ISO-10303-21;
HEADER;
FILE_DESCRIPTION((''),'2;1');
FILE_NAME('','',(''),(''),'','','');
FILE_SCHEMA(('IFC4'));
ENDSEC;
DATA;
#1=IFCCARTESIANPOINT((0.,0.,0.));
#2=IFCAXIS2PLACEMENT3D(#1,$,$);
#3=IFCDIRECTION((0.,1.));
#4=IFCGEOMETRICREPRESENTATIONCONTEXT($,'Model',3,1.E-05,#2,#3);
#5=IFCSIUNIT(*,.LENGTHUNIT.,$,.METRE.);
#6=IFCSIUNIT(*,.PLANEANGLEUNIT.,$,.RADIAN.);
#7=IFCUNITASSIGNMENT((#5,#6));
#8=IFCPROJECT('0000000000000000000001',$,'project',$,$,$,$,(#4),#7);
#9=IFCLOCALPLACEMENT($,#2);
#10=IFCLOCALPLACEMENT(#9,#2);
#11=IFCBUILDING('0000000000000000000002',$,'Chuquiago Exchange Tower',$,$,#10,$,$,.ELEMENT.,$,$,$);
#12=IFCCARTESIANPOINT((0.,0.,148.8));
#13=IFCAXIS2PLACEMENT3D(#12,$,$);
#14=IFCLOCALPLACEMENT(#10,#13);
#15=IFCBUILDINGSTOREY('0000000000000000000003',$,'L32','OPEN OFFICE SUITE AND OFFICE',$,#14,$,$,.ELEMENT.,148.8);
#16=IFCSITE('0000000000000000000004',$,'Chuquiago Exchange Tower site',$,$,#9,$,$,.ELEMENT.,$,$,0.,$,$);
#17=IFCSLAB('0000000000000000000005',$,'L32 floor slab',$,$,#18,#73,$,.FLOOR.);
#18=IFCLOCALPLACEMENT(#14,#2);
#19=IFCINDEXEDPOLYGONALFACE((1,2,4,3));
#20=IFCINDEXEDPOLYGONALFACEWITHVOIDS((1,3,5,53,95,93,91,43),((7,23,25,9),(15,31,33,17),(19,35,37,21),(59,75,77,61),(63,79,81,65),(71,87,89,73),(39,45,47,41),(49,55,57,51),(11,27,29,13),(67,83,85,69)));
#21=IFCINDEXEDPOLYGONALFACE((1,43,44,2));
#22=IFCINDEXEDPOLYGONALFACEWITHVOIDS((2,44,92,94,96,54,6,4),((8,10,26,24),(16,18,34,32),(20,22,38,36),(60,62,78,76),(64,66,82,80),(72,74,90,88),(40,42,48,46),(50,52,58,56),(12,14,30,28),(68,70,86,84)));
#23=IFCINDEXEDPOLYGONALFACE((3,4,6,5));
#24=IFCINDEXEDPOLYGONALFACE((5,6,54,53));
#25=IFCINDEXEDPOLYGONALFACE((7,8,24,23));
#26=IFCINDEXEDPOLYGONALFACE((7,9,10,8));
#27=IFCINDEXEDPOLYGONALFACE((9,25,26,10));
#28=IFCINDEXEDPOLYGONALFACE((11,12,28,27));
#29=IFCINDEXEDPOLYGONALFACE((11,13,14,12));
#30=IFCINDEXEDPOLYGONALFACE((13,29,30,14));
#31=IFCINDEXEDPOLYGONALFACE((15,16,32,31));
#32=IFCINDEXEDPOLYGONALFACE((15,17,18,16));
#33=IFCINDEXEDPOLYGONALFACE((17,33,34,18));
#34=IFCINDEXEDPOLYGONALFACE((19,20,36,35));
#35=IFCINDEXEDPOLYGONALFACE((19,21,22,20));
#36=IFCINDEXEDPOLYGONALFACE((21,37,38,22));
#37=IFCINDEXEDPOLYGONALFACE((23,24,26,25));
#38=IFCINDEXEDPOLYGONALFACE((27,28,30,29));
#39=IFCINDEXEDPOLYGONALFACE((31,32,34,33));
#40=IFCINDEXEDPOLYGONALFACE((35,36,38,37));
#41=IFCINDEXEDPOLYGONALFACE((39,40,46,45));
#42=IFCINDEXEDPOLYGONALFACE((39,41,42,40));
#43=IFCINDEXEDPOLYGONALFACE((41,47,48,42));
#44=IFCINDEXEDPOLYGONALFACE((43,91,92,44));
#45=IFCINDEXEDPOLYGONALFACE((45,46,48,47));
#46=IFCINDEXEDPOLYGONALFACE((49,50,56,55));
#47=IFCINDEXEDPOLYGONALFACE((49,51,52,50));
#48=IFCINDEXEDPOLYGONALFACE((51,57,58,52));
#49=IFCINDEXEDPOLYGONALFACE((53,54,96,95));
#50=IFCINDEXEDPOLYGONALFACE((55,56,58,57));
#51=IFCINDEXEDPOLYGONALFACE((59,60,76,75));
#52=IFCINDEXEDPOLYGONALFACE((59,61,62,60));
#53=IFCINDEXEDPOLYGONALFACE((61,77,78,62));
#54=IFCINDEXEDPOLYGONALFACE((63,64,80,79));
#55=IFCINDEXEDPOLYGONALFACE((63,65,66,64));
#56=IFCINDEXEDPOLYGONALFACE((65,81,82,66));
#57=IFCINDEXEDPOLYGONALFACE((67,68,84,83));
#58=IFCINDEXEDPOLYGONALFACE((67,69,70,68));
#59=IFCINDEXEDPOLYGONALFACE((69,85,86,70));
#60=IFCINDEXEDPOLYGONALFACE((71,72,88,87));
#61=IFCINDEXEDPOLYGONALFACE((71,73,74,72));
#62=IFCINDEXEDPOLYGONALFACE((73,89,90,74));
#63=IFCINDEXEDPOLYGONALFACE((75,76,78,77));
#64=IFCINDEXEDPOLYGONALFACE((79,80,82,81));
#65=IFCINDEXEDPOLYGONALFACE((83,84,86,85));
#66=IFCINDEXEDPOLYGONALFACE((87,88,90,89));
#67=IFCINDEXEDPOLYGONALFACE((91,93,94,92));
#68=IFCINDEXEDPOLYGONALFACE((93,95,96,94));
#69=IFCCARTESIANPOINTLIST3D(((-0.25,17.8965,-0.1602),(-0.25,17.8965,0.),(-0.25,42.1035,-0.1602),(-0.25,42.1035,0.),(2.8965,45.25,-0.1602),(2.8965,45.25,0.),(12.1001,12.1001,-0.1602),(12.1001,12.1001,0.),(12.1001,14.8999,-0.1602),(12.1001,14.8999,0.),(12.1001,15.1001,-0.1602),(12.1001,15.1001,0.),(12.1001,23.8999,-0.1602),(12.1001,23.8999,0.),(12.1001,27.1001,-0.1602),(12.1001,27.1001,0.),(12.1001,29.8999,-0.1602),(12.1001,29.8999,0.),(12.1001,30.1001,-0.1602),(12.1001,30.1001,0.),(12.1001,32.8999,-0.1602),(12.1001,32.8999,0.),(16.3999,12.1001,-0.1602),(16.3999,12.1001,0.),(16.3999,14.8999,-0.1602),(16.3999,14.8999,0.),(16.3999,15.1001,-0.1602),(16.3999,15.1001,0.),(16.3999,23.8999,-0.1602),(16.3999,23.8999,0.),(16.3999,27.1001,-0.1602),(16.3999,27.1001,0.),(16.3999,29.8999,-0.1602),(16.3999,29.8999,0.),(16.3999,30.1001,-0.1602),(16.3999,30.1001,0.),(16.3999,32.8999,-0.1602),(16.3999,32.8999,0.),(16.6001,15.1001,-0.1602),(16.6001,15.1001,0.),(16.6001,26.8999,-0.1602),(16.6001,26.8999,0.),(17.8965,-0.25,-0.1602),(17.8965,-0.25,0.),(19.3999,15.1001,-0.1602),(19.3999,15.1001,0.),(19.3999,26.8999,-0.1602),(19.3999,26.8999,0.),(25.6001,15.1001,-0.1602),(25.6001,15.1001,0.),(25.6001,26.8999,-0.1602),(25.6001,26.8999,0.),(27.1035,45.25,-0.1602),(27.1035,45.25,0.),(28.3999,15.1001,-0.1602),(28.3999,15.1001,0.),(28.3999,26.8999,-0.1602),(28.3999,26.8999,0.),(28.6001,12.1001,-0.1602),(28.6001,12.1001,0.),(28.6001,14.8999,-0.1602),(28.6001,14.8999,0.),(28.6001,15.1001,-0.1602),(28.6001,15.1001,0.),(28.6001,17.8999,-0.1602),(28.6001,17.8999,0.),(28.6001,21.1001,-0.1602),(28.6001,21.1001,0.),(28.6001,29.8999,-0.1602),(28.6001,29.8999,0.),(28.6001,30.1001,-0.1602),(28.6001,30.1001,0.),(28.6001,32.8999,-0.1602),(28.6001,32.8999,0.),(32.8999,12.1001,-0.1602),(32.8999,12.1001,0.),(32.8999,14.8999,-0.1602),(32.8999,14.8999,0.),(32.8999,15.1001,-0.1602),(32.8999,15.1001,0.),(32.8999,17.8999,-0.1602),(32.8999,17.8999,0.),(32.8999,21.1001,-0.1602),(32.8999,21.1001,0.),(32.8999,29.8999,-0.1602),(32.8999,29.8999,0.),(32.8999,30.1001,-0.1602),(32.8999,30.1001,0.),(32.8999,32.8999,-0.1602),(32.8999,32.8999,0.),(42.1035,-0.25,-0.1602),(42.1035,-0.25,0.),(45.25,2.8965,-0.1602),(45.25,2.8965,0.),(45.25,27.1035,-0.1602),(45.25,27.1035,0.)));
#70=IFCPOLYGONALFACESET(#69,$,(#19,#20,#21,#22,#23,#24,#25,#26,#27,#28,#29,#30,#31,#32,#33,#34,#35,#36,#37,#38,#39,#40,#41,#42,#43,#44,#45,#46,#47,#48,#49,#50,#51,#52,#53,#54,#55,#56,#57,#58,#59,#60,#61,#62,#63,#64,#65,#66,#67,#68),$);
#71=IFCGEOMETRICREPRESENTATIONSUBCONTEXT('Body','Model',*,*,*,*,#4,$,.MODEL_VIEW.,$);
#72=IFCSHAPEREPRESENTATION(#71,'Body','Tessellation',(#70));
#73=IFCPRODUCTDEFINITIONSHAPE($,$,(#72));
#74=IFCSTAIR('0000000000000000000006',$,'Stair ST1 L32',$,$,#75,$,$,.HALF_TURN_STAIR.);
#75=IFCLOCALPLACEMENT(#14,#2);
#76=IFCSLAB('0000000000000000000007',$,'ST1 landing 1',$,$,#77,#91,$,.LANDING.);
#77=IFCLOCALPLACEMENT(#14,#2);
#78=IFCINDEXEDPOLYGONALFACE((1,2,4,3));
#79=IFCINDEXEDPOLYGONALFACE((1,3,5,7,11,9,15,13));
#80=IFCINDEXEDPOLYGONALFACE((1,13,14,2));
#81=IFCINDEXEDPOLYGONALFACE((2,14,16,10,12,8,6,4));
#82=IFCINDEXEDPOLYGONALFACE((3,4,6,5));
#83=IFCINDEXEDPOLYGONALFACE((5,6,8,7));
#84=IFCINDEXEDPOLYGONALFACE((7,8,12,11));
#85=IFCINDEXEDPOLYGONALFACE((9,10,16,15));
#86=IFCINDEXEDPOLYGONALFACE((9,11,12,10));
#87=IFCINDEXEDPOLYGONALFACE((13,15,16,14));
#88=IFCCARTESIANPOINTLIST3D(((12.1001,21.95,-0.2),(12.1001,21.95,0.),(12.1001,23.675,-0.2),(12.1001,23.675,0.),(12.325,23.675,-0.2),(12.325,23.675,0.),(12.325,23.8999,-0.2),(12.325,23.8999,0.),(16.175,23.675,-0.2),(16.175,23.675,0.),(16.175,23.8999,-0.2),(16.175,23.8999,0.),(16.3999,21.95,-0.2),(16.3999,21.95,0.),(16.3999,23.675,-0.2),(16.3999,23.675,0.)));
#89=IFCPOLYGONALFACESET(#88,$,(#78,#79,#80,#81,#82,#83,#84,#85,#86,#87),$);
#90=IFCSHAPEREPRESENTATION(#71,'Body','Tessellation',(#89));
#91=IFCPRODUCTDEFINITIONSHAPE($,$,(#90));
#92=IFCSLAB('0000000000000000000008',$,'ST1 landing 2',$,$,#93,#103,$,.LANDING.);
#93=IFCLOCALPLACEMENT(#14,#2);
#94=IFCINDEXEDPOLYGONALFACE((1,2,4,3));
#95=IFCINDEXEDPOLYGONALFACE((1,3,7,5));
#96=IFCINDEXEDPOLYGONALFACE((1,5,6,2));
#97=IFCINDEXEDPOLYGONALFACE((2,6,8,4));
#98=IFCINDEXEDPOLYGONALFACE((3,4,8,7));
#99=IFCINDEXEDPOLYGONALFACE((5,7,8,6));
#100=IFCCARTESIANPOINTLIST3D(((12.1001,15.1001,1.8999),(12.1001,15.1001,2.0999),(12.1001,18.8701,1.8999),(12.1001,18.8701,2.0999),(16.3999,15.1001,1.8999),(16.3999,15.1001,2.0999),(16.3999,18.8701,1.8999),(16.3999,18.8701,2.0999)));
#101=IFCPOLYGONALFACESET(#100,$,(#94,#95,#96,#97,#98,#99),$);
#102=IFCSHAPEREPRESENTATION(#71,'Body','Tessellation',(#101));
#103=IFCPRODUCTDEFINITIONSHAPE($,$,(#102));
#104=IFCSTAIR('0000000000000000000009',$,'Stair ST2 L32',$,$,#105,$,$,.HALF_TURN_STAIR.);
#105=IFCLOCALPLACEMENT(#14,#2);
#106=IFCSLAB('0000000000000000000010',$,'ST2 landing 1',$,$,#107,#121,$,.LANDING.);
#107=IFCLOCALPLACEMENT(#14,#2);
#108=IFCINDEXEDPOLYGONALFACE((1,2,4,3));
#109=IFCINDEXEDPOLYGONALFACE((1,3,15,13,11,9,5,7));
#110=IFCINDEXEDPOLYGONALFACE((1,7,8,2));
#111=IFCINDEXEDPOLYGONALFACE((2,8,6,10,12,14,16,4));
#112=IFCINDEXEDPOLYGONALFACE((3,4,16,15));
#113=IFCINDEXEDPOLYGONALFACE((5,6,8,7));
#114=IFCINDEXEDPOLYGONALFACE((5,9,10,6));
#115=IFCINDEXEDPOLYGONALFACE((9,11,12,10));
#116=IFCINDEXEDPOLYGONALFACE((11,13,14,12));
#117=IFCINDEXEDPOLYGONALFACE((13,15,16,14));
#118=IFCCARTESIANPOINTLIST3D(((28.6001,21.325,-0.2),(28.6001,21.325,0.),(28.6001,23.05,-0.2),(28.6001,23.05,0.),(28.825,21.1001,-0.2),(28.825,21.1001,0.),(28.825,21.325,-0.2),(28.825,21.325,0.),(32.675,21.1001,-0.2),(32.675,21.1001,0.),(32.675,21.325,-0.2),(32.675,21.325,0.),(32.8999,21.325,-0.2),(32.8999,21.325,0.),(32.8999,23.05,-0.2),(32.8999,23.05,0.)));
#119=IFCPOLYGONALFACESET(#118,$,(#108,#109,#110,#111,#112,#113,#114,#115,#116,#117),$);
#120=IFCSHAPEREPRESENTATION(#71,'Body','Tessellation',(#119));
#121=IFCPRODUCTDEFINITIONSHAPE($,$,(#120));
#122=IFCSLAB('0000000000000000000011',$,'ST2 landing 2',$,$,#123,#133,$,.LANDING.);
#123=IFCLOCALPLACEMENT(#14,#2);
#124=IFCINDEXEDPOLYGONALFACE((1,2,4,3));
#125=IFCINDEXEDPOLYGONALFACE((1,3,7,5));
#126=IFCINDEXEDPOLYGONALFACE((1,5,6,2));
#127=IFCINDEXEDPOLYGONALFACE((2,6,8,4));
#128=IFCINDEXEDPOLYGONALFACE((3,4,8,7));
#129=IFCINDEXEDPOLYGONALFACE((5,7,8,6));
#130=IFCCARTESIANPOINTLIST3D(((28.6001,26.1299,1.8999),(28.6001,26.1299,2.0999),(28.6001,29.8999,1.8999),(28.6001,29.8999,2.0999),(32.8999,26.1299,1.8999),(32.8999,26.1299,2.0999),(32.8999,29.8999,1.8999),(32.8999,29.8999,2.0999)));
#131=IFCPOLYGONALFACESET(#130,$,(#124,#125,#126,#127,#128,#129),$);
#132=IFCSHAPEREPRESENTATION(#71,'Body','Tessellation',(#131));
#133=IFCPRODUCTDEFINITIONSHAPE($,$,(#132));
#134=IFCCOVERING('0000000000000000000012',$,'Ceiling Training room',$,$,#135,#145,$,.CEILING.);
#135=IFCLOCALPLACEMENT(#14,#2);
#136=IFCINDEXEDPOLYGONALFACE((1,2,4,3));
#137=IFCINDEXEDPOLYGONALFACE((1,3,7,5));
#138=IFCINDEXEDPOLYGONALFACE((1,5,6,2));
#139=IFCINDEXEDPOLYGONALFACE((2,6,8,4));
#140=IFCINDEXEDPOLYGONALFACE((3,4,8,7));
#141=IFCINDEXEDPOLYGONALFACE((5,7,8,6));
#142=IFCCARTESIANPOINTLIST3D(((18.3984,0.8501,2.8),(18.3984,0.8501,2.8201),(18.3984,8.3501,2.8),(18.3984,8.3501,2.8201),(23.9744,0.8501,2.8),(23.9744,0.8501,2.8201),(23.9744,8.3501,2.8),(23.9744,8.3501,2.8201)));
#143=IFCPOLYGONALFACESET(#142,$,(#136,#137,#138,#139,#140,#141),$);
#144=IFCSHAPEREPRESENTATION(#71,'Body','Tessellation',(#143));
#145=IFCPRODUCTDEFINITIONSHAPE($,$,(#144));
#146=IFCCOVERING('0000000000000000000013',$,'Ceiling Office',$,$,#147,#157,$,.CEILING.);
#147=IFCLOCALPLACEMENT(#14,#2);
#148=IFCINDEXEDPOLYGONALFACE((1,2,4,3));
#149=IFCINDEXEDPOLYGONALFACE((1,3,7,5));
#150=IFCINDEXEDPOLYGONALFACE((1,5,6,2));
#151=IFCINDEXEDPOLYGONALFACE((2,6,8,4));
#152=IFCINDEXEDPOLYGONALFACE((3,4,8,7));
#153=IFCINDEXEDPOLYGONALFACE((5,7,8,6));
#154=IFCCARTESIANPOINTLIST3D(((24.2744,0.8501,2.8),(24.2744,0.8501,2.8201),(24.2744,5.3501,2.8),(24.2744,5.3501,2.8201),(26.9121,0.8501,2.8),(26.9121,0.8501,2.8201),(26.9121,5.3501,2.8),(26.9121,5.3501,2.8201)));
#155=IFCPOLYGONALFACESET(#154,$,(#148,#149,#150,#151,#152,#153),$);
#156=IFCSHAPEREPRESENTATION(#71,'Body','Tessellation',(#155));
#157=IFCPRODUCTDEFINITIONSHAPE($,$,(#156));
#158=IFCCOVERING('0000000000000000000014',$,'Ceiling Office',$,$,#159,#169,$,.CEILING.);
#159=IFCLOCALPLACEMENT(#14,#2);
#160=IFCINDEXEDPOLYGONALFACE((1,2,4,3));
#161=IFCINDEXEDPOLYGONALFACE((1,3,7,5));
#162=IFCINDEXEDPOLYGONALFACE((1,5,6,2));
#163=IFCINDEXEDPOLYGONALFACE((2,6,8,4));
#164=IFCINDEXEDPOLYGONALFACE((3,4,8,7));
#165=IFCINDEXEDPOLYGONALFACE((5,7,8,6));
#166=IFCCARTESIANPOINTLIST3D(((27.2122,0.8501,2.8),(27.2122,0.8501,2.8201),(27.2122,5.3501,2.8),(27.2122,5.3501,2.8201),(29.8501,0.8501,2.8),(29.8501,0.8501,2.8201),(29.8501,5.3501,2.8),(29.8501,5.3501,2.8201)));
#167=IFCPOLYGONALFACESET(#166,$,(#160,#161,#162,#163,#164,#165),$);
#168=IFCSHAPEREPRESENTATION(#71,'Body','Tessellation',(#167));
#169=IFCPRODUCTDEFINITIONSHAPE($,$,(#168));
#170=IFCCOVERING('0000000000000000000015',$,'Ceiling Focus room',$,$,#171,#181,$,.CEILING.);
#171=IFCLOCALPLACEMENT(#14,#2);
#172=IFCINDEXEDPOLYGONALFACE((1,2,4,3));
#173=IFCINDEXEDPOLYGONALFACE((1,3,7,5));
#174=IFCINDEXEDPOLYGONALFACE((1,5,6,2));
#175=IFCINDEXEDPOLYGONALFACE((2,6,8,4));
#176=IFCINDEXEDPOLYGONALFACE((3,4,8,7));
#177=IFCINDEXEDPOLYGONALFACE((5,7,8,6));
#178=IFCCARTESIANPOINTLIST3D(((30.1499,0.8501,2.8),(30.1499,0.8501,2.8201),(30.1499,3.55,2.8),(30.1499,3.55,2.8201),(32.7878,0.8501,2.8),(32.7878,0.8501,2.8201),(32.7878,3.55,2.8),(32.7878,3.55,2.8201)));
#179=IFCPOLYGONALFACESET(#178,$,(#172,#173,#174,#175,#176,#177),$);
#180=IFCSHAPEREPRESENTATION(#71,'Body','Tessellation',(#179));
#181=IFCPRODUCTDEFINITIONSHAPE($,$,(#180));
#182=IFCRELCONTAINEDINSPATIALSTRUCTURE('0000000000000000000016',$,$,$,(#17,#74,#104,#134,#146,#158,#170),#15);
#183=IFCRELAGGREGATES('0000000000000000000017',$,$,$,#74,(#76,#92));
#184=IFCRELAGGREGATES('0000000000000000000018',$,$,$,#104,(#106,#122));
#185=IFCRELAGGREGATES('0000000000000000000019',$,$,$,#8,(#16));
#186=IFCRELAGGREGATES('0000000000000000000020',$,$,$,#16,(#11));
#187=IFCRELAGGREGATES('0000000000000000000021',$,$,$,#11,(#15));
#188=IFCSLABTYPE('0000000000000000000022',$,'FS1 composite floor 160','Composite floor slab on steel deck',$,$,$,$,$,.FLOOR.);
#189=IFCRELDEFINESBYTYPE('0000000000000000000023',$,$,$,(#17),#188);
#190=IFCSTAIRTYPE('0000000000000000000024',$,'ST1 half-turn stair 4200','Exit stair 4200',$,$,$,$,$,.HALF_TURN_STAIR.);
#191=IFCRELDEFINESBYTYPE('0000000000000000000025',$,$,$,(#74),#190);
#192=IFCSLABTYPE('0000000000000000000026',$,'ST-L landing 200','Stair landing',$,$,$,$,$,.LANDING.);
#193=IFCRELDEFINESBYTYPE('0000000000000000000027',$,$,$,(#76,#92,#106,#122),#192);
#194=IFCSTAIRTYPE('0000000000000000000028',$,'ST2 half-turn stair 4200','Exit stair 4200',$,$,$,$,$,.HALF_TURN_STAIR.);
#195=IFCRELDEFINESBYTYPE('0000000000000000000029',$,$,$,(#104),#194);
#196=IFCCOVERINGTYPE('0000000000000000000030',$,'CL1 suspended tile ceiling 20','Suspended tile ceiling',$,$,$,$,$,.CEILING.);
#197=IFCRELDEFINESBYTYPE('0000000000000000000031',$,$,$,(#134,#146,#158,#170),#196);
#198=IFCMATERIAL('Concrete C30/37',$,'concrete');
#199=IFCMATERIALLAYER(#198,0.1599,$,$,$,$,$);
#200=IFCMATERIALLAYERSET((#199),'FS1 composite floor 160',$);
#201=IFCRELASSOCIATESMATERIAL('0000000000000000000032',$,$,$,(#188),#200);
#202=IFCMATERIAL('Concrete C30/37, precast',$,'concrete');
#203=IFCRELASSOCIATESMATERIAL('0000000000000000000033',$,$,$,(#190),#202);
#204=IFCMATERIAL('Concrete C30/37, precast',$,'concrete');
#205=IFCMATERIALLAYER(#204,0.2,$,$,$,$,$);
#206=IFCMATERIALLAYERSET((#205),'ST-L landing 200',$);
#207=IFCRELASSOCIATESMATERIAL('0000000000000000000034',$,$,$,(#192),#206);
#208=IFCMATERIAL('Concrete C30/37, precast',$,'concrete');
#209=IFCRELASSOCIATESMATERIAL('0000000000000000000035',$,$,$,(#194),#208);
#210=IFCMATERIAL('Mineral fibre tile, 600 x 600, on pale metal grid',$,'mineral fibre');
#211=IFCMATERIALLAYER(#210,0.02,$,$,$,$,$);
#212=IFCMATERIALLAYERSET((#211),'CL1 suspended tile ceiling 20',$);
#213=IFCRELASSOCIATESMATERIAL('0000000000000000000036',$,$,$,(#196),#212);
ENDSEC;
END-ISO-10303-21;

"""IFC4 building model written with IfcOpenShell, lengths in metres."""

from ifc_helpers import new_model, si_unit, direction, frame, origin, place, context, subcontext, project, spatial, polyline, outline, extrude, material, layer, layer_set, type_object, element, aggregate, save


model = new_model("IFC4")

# Units and contexts
model_context = context("Model", 3, precision=1e-05, world=origin(), true_north=direction((0.0, 1.0)))
body_context = subcontext(model_context, "Body", "Model", "MODEL_VIEW")
ifc_project = project(units=[si_unit("LENGTHUNIT", "METRE"), si_unit("PLANEANGLEUNIT", "RADIAN")], contexts=[model_context])

# Site, building, storey
site_placement = place(None, origin())
site = spatial("IfcSite", under=ifc_project, at=site_placement, Name="Chuquiago Exchange Tower site", CompositionType="ELEMENT", RefElevation=0.0)
building_placement = place(site_placement, origin())
building = spatial("IfcBuilding", under=site, at=building_placement, Name="Chuquiago Exchange Tower", CompositionType="ELEMENT")
storey_placement = place(building_placement, frame((0.0, 0.0, 148.8)))
storey = spatial("IfcBuildingStorey", under=building, at=storey_placement, Name="L32", Description="OPEN OFFICE SUITE AND OFFICE", CompositionType="ELEMENT", Elevation=148.8)

# Slab
ifc_material_1 = material(Name="Concrete C30/37", Category="concrete")
ifc_layer_1 = layer(ifc_material_1, 0.1599)
ifc_layer_set_1 = layer_set([ifc_layer_1], Name="FS1 composite floor 160")
slab_type_1 = type_object("IfcSlabType", Name="FS1 composite floor 160", Description="Composite floor slab on steel deck", PredefinedType="FLOOR", material=ifc_layer_set_1)
slab_1_placement = place(storey_placement, frame((0.0, 0.0, -0.1602)))
element("IfcSlab", 1, at=slab_1_placement, inside=storey, type_object=slab_type_1, Name="L32 floor slab", PredefinedType="FLOOR", context=body_context, shape_type="SweptSolid", body=[
    extrude(outline(polyline([(17.8965, -0.25), (-0.25, 17.8965), (-0.25, 42.1035), (2.8965, 45.25), (27.1035, 45.25), (45.25, 27.1035), (45.25, 2.8965), (42.1035, -0.25), (17.8965, -0.25)]), holes=[polyline([(16.3999, 15.1001), (12.1001, 15.1001), (12.1001, 23.8999), (16.3999, 23.8999), (16.3999, 15.1001)]), polyline([(32.8999, 21.1001), (28.6001, 21.1001), (28.6001, 29.8999), (32.8999, 29.8999), (32.8999, 21.1001)]), polyline([(16.3999, 12.1001), (12.1001, 12.1001), (12.1001, 14.8999), (16.3999, 14.8999), (16.3999, 12.1001)]), polyline([(16.3999, 30.1001), (12.1001, 30.1001), (12.1001, 32.8999), (16.3999, 32.8999), (16.3999, 30.1001)]), polyline([(32.8999, 12.1001), (28.6001, 12.1001), (28.6001, 14.8999), (32.8999, 14.8999), (32.8999, 12.1001)]), polyline([(32.8999, 30.1001), (28.6001, 30.1001), (28.6001, 32.8999), (32.8999, 32.8999), (32.8999, 30.1001)]), polyline([(16.3999, 27.1001), (12.1001, 27.1001), (12.1001, 29.8999), (16.3999, 29.8999), (16.3999, 27.1001)]), polyline([(32.8999, 15.1001), (28.6001, 15.1001), (28.6001, 17.8999), (32.8999, 17.8999), (32.8999, 15.1001)]), polyline([(19.3999, 15.1001), (16.6001, 15.1001), (16.6001, 26.8999), (19.3999, 26.8999), (19.3999, 15.1001)]), polyline([(28.3999, 15.1001), (25.6001, 15.1001), (25.6001, 26.8999), (28.3999, 26.8999), (28.3999, 15.1001)])]), origin(), (0.0, 0.0, 1.0), 0.1602),
])

# Stairs, slabs
ifc_material_2 = material(Name="Concrete C30/37, precast", Category="concrete")
stair_type_1 = type_object("IfcStairType", Name="ST1 half-turn stair 4200", Description="Exit stair 4200", PredefinedType="HALF_TURN_STAIR", material=ifc_material_2)
stair_1_placement = place(storey_placement, origin())
stair_1 = element("IfcStair", 2, at=stair_1_placement, inside=storey, type_object=stair_type_1, Name="Stair ST1 L32", PredefinedType="HALF_TURN_STAIR")
ifc_material_3 = material(Name="Concrete C30/37, precast", Category="concrete")
ifc_layer_2 = layer(ifc_material_3, 0.2)
ifc_layer_set_2 = layer_set([ifc_layer_2], Name="ST-L landing 200")
slab_type_2 = type_object("IfcSlabType", Name="ST-L landing 200", Description="Stair landing", PredefinedType="LANDING", material=ifc_layer_set_2)
slab_2_placement = place(storey_placement, frame((0.0, 0.0, -0.2)))
slab_2 = element("IfcSlab", 3, at=slab_2_placement, type_object=slab_type_2, Name="ST1 landing 1", PredefinedType="LANDING", context=body_context, shape_type="SweptSolid", body=[
    extrude(outline(polyline([(12.325, 23.8999), (16.175, 23.8999), (16.175, 23.675), (16.3999, 23.675), (16.3999, 21.95), (12.1001, 21.95), (12.1001, 23.675), (12.325, 23.675), (12.325, 23.8999)])), origin(), (0.0, 0.0, 1.0), 0.2),
])
slab_3_placement = place(storey_placement, frame((0.0, 0.0, 1.8999)))
slab_3 = element("IfcSlab", 4, at=slab_3_placement, type_object=slab_type_2, Name="ST1 landing 2", PredefinedType="LANDING", context=body_context, shape_type="SweptSolid", body=[
    extrude(outline(polyline([(12.1001, 18.8701), (16.3999, 18.8701), (16.3999, 15.1001), (12.1001, 15.1001), (12.1001, 18.8701)])), origin(), (0.0, 0.0, 1.0), 0.2),
])
aggregate(stair_1, [slab_2, slab_3])
ifc_material_4 = material(Name="Concrete C30/37, precast", Category="concrete")
stair_type_2 = type_object("IfcStairType", Name="ST2 half-turn stair 4200", Description="Exit stair 4200", PredefinedType="HALF_TURN_STAIR", material=ifc_material_4)
stair_2_placement = place(storey_placement, origin())
stair_2 = element("IfcStair", 5, at=stair_2_placement, inside=storey, type_object=stair_type_2, Name="Stair ST2 L32", PredefinedType="HALF_TURN_STAIR")
slab_4_placement = place(storey_placement, frame((0.0, 0.0, -0.2)))
slab_4 = element("IfcSlab", 6, at=slab_4_placement, type_object=slab_type_2, Name="ST2 landing 1", PredefinedType="LANDING", context=body_context, shape_type="SweptSolid", body=[
    extrude(outline(polyline([(32.675, 21.325), (32.675, 21.1001), (28.825, 21.1001), (28.825, 21.325), (28.6001, 21.325), (28.6001, 23.05), (32.8999, 23.05), (32.8999, 21.325), (32.675, 21.325)])), origin(), (0.0, 0.0, 1.0), 0.2),
])
slab_5_placement = place(storey_placement, frame((0.0, 0.0, 1.8999)))
slab_5 = element("IfcSlab", 7, at=slab_5_placement, type_object=slab_type_2, Name="ST2 landing 2", PredefinedType="LANDING", context=body_context, shape_type="SweptSolid", body=[
    extrude(outline(polyline([(28.6001, 29.8999), (32.8999, 29.8999), (32.8999, 26.1299), (28.6001, 26.1299), (28.6001, 29.8999)])), origin(), (0.0, 0.0, 1.0), 0.2),
])
aggregate(stair_2, [slab_4, slab_5])

# Coverings
ifc_material_5 = material(Name="Mineral fibre tile, 600 x 600, on pale metal grid", Category="mineral fibre")
ifc_layer_3 = layer(ifc_material_5, 0.02)
ifc_layer_set_3 = layer_set([ifc_layer_3], Name="CL1 suspended tile ceiling 20")
covering_type_1 = type_object("IfcCoveringType", Name="CL1 suspended tile ceiling 20", Description="Suspended tile ceiling", PredefinedType="CEILING", material=ifc_layer_set_3)
covering_1_placement = place(storey_placement, frame((0.0, 0.0, 2.8)))
element("IfcCovering", 8, at=covering_1_placement, inside=storey, type_object=covering_type_1, Name="Ceiling Training room", PredefinedType="CEILING", context=body_context, shape_type="SweptSolid", body=[
    extrude(outline(polyline([(18.3984, 8.3501), (23.9744, 8.3501), (23.9744, 0.8501), (18.3984, 0.8501), (18.3984, 8.3501)])), origin(), (0.0, 0.0, 1.0), 0.02),
])
covering_2_placement = place(storey_placement, frame((0.0, 0.0, 2.8)))
element("IfcCovering", 9, at=covering_2_placement, inside=storey, type_object=covering_type_1, Name="Ceiling Office", PredefinedType="CEILING", context=body_context, shape_type="SweptSolid", body=[
    extrude(outline(polyline([(24.2744, 5.3501), (26.9121, 5.3501), (26.9121, 0.8501), (24.2744, 0.8501), (24.2744, 5.3501)])), origin(), (0.0, 0.0, 1.0), 0.02),
])
covering_3_placement = place(storey_placement, frame((0.0, 0.0, 2.8)))
element("IfcCovering", 10, at=covering_3_placement, inside=storey, type_object=covering_type_1, Name="Ceiling Office", PredefinedType="CEILING", context=body_context, shape_type="SweptSolid", body=[
    extrude(outline(polyline([(27.2122, 5.3501), (29.8501, 5.3501), (29.8501, 0.8501), (27.2122, 0.8501), (27.2122, 5.3501)])), origin(), (0.0, 0.0, 1.0), 0.02),
])
covering_4_placement = place(storey_placement, frame((0.0, 0.0, 2.8)))
element("IfcCovering", 11, at=covering_4_placement, inside=storey, type_object=covering_type_1, Name="Ceiling Focus room", PredefinedType="CEILING", context=body_context, shape_type="SweptSolid", body=[
    extrude(outline(polyline([(30.1499, 3.55), (32.7878, 3.55), (32.7878, 0.8501), (30.1499, 0.8501), (30.1499, 3.55)])), origin(), (0.0, 0.0, 1.0), 0.02),
])

save(model, "model.ifc")
